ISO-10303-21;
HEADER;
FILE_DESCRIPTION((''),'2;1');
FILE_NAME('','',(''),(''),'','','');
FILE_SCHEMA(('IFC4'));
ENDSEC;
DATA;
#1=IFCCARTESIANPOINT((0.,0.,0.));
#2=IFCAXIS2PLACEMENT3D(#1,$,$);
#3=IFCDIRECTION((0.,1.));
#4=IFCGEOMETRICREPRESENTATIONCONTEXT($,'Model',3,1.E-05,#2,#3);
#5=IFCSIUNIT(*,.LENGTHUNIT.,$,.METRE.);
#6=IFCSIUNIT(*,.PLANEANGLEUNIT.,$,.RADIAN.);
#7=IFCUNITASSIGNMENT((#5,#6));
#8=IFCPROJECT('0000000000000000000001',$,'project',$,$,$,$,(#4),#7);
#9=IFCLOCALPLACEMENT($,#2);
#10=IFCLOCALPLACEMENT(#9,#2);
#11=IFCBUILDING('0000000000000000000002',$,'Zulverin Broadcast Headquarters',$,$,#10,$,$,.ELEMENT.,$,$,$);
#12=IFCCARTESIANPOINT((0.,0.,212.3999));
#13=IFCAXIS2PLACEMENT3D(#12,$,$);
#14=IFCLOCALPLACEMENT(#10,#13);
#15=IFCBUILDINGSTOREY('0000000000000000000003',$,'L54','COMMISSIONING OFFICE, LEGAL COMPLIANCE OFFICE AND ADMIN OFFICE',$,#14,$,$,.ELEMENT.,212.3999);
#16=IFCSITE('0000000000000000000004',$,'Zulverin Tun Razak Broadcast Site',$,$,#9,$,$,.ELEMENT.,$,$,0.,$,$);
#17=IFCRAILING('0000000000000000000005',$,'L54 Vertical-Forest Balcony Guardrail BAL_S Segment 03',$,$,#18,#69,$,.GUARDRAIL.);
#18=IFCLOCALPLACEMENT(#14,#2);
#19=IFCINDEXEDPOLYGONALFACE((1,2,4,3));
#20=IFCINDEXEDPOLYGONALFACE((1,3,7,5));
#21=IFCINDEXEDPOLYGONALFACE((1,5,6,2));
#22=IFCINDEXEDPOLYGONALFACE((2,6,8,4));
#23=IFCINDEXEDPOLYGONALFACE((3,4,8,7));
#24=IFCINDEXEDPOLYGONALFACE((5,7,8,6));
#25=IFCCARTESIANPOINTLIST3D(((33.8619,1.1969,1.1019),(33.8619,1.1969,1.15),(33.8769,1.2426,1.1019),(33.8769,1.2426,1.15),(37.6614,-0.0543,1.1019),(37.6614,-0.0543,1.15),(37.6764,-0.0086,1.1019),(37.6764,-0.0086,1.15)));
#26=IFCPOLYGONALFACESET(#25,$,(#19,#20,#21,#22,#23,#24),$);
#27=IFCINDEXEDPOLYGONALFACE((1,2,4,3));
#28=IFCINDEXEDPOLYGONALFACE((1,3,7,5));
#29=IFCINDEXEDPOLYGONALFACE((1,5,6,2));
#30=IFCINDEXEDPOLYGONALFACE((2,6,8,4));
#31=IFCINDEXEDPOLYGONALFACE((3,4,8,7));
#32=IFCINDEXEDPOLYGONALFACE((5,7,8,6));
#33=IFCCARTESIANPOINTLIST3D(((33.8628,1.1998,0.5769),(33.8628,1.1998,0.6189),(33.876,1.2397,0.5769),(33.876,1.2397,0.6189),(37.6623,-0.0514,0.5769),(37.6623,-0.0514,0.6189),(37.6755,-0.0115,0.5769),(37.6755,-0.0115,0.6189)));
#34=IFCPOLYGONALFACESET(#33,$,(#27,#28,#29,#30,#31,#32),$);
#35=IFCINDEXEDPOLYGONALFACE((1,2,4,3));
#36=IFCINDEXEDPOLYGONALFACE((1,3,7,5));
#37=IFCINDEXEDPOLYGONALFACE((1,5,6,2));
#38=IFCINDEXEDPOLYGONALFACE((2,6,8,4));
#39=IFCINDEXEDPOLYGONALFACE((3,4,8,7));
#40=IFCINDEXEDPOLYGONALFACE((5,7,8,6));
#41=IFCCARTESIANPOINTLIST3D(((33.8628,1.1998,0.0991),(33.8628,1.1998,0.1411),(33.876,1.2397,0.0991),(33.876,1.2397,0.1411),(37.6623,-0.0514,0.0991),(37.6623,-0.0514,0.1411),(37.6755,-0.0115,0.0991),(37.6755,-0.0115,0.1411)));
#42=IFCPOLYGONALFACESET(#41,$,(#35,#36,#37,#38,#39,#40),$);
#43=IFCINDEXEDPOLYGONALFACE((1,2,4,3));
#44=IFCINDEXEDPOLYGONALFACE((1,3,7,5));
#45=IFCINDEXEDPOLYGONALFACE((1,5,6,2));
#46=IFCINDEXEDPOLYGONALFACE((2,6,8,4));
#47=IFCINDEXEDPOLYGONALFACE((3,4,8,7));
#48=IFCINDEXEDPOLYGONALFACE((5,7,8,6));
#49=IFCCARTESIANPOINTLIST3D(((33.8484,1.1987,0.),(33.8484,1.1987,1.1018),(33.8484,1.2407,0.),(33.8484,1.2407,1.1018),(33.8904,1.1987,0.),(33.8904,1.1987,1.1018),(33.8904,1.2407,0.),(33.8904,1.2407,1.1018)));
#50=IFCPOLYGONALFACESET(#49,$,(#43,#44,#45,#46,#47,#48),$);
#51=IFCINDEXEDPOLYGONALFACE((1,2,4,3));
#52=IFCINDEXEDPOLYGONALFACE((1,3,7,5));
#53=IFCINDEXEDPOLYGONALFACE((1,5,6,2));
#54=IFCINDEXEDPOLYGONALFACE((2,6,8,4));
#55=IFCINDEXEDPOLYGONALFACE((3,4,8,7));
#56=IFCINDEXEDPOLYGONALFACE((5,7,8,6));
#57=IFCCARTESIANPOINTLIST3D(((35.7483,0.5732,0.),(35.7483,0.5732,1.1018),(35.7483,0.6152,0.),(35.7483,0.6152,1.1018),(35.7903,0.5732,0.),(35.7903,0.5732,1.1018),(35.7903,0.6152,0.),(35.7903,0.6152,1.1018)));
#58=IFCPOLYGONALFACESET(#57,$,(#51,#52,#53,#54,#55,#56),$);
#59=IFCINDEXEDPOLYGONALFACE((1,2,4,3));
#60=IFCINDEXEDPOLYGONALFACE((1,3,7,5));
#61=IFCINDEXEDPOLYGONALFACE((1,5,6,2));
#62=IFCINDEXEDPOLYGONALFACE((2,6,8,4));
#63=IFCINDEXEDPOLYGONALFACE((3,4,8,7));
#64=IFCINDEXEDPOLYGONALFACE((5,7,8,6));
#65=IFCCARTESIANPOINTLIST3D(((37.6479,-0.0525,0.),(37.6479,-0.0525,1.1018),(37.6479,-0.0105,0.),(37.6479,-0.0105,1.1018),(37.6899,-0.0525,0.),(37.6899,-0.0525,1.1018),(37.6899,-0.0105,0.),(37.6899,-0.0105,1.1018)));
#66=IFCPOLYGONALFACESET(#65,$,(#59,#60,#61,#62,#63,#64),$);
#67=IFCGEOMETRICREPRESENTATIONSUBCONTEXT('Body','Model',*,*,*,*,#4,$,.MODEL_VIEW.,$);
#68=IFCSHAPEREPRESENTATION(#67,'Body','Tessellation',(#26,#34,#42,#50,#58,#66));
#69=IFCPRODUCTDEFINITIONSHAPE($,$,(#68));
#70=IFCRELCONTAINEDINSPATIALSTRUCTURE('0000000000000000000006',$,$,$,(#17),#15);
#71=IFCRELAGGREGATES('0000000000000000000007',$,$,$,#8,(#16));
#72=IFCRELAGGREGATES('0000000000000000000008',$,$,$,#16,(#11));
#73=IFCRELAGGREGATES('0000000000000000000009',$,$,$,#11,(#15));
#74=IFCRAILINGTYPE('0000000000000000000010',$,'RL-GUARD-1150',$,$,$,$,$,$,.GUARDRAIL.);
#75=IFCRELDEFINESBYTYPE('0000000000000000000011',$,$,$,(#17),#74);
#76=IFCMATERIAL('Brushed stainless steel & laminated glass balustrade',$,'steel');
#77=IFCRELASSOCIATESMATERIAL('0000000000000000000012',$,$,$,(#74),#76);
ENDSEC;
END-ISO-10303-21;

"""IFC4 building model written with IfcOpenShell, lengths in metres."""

from ifc_helpers import new_model, si_unit, direction, frame, origin, origin_2d, place, context, subcontext, project, spatial, rectangle, extrude, material, type_object, element, save


model = new_model("IFC4")

# Units and contexts
model_context = context("Model", 3, precision=1e-05, world=origin(), true_north=direction((0.0, 1.0)))
body_context = subcontext(model_context, "Body", "Model", "MODEL_VIEW")
ifc_project = project(units=[si_unit("LENGTHUNIT", "METRE"), si_unit("PLANEANGLEUNIT", "RADIAN")], contexts=[model_context])

# Site, building, storey
site_placement = place(None, origin())
site = spatial("IfcSite", under=ifc_project, at=site_placement, Name="Zulverin Tun Razak Broadcast Site", CompositionType="ELEMENT", RefElevation=0.0)
building_placement = place(site_placement, origin())
building = spatial("IfcBuilding", under=site, at=building_placement, Name="Zulverin Broadcast Headquarters", CompositionType="ELEMENT")
storey_placement = place(building_placement, frame((0.0, 0.0, 212.3999)))
storey = spatial("IfcBuildingStorey", under=building, at=storey_placement, Name="L54", Description="COMMISSIONING OFFICE, LEGAL COMPLIANCE OFFICE AND ADMIN OFFICE", CompositionType="ELEMENT", Elevation=212.3999)

# Railing
ifc_material_1 = material(Name="Brushed stainless steel & laminated glass balustrade", Category="steel")
railing_type = type_object("IfcRailingType", Name="RL-GUARD-1150", PredefinedType="GUARDRAIL", material=ifc_material_1)
railing_1_placement = place(storey_placement, frame((33.8694, 1.2197, 0.0)))
element("IfcRailing", 1, at=railing_1_placement, inside=storey, type_object=railing_type, Name="L54 Vertical-Forest Balcony Guardrail BAL_S Segment 03", PredefinedType="GUARDRAIL", context=body_context, shape_type="SweptSolid", body=[
    extrude(rectangle(XDim=0.0481, YDim=0.0481, at=origin_2d()), frame((0.0, 0.0, 1.126), z_axis=(0.949824, -0.312784, 0.0), x_axis=(0.312784, 0.949824, 0.0)), (0.0, 0.0, 1.0), 4.0002),
    extrude(rectangle(XDim=0.042, YDim=0.042, at=origin_2d()), frame((0.0, 0.0, 0.5979), z_axis=(0.949824, -0.312784, 0.0), x_axis=(0.312784, 0.949824, 0.0)), (0.0, 0.0, 1.0), 4.0002),
    extrude(rectangle(XDim=0.042, YDim=0.042, at=origin_2d()), frame((0.0, 0.0, 0.1201), z_axis=(0.949824, -0.312784, 0.0), x_axis=(0.312784, 0.949824, 0.0)), (0.0, 0.0, 1.0), 4.0002),
    extrude(rectangle(XDim=0.042, YDim=0.042, at=origin_2d()), origin(), (0.0, 0.0, 1.0), 1.1018),
    extrude(rectangle(XDim=0.042, YDim=0.042, at=origin_2d()), frame((1.8999, -0.6255, 0.0)), (0.0, 0.0, 1.0), 1.1018),
    extrude(rectangle(XDim=0.042, YDim=0.042, at=origin_2d()), frame((3.7996, -1.2512, 0.0)), (0.0, 0.0, 1.0), 1.1018),
])

save(model, "model.ifc")
